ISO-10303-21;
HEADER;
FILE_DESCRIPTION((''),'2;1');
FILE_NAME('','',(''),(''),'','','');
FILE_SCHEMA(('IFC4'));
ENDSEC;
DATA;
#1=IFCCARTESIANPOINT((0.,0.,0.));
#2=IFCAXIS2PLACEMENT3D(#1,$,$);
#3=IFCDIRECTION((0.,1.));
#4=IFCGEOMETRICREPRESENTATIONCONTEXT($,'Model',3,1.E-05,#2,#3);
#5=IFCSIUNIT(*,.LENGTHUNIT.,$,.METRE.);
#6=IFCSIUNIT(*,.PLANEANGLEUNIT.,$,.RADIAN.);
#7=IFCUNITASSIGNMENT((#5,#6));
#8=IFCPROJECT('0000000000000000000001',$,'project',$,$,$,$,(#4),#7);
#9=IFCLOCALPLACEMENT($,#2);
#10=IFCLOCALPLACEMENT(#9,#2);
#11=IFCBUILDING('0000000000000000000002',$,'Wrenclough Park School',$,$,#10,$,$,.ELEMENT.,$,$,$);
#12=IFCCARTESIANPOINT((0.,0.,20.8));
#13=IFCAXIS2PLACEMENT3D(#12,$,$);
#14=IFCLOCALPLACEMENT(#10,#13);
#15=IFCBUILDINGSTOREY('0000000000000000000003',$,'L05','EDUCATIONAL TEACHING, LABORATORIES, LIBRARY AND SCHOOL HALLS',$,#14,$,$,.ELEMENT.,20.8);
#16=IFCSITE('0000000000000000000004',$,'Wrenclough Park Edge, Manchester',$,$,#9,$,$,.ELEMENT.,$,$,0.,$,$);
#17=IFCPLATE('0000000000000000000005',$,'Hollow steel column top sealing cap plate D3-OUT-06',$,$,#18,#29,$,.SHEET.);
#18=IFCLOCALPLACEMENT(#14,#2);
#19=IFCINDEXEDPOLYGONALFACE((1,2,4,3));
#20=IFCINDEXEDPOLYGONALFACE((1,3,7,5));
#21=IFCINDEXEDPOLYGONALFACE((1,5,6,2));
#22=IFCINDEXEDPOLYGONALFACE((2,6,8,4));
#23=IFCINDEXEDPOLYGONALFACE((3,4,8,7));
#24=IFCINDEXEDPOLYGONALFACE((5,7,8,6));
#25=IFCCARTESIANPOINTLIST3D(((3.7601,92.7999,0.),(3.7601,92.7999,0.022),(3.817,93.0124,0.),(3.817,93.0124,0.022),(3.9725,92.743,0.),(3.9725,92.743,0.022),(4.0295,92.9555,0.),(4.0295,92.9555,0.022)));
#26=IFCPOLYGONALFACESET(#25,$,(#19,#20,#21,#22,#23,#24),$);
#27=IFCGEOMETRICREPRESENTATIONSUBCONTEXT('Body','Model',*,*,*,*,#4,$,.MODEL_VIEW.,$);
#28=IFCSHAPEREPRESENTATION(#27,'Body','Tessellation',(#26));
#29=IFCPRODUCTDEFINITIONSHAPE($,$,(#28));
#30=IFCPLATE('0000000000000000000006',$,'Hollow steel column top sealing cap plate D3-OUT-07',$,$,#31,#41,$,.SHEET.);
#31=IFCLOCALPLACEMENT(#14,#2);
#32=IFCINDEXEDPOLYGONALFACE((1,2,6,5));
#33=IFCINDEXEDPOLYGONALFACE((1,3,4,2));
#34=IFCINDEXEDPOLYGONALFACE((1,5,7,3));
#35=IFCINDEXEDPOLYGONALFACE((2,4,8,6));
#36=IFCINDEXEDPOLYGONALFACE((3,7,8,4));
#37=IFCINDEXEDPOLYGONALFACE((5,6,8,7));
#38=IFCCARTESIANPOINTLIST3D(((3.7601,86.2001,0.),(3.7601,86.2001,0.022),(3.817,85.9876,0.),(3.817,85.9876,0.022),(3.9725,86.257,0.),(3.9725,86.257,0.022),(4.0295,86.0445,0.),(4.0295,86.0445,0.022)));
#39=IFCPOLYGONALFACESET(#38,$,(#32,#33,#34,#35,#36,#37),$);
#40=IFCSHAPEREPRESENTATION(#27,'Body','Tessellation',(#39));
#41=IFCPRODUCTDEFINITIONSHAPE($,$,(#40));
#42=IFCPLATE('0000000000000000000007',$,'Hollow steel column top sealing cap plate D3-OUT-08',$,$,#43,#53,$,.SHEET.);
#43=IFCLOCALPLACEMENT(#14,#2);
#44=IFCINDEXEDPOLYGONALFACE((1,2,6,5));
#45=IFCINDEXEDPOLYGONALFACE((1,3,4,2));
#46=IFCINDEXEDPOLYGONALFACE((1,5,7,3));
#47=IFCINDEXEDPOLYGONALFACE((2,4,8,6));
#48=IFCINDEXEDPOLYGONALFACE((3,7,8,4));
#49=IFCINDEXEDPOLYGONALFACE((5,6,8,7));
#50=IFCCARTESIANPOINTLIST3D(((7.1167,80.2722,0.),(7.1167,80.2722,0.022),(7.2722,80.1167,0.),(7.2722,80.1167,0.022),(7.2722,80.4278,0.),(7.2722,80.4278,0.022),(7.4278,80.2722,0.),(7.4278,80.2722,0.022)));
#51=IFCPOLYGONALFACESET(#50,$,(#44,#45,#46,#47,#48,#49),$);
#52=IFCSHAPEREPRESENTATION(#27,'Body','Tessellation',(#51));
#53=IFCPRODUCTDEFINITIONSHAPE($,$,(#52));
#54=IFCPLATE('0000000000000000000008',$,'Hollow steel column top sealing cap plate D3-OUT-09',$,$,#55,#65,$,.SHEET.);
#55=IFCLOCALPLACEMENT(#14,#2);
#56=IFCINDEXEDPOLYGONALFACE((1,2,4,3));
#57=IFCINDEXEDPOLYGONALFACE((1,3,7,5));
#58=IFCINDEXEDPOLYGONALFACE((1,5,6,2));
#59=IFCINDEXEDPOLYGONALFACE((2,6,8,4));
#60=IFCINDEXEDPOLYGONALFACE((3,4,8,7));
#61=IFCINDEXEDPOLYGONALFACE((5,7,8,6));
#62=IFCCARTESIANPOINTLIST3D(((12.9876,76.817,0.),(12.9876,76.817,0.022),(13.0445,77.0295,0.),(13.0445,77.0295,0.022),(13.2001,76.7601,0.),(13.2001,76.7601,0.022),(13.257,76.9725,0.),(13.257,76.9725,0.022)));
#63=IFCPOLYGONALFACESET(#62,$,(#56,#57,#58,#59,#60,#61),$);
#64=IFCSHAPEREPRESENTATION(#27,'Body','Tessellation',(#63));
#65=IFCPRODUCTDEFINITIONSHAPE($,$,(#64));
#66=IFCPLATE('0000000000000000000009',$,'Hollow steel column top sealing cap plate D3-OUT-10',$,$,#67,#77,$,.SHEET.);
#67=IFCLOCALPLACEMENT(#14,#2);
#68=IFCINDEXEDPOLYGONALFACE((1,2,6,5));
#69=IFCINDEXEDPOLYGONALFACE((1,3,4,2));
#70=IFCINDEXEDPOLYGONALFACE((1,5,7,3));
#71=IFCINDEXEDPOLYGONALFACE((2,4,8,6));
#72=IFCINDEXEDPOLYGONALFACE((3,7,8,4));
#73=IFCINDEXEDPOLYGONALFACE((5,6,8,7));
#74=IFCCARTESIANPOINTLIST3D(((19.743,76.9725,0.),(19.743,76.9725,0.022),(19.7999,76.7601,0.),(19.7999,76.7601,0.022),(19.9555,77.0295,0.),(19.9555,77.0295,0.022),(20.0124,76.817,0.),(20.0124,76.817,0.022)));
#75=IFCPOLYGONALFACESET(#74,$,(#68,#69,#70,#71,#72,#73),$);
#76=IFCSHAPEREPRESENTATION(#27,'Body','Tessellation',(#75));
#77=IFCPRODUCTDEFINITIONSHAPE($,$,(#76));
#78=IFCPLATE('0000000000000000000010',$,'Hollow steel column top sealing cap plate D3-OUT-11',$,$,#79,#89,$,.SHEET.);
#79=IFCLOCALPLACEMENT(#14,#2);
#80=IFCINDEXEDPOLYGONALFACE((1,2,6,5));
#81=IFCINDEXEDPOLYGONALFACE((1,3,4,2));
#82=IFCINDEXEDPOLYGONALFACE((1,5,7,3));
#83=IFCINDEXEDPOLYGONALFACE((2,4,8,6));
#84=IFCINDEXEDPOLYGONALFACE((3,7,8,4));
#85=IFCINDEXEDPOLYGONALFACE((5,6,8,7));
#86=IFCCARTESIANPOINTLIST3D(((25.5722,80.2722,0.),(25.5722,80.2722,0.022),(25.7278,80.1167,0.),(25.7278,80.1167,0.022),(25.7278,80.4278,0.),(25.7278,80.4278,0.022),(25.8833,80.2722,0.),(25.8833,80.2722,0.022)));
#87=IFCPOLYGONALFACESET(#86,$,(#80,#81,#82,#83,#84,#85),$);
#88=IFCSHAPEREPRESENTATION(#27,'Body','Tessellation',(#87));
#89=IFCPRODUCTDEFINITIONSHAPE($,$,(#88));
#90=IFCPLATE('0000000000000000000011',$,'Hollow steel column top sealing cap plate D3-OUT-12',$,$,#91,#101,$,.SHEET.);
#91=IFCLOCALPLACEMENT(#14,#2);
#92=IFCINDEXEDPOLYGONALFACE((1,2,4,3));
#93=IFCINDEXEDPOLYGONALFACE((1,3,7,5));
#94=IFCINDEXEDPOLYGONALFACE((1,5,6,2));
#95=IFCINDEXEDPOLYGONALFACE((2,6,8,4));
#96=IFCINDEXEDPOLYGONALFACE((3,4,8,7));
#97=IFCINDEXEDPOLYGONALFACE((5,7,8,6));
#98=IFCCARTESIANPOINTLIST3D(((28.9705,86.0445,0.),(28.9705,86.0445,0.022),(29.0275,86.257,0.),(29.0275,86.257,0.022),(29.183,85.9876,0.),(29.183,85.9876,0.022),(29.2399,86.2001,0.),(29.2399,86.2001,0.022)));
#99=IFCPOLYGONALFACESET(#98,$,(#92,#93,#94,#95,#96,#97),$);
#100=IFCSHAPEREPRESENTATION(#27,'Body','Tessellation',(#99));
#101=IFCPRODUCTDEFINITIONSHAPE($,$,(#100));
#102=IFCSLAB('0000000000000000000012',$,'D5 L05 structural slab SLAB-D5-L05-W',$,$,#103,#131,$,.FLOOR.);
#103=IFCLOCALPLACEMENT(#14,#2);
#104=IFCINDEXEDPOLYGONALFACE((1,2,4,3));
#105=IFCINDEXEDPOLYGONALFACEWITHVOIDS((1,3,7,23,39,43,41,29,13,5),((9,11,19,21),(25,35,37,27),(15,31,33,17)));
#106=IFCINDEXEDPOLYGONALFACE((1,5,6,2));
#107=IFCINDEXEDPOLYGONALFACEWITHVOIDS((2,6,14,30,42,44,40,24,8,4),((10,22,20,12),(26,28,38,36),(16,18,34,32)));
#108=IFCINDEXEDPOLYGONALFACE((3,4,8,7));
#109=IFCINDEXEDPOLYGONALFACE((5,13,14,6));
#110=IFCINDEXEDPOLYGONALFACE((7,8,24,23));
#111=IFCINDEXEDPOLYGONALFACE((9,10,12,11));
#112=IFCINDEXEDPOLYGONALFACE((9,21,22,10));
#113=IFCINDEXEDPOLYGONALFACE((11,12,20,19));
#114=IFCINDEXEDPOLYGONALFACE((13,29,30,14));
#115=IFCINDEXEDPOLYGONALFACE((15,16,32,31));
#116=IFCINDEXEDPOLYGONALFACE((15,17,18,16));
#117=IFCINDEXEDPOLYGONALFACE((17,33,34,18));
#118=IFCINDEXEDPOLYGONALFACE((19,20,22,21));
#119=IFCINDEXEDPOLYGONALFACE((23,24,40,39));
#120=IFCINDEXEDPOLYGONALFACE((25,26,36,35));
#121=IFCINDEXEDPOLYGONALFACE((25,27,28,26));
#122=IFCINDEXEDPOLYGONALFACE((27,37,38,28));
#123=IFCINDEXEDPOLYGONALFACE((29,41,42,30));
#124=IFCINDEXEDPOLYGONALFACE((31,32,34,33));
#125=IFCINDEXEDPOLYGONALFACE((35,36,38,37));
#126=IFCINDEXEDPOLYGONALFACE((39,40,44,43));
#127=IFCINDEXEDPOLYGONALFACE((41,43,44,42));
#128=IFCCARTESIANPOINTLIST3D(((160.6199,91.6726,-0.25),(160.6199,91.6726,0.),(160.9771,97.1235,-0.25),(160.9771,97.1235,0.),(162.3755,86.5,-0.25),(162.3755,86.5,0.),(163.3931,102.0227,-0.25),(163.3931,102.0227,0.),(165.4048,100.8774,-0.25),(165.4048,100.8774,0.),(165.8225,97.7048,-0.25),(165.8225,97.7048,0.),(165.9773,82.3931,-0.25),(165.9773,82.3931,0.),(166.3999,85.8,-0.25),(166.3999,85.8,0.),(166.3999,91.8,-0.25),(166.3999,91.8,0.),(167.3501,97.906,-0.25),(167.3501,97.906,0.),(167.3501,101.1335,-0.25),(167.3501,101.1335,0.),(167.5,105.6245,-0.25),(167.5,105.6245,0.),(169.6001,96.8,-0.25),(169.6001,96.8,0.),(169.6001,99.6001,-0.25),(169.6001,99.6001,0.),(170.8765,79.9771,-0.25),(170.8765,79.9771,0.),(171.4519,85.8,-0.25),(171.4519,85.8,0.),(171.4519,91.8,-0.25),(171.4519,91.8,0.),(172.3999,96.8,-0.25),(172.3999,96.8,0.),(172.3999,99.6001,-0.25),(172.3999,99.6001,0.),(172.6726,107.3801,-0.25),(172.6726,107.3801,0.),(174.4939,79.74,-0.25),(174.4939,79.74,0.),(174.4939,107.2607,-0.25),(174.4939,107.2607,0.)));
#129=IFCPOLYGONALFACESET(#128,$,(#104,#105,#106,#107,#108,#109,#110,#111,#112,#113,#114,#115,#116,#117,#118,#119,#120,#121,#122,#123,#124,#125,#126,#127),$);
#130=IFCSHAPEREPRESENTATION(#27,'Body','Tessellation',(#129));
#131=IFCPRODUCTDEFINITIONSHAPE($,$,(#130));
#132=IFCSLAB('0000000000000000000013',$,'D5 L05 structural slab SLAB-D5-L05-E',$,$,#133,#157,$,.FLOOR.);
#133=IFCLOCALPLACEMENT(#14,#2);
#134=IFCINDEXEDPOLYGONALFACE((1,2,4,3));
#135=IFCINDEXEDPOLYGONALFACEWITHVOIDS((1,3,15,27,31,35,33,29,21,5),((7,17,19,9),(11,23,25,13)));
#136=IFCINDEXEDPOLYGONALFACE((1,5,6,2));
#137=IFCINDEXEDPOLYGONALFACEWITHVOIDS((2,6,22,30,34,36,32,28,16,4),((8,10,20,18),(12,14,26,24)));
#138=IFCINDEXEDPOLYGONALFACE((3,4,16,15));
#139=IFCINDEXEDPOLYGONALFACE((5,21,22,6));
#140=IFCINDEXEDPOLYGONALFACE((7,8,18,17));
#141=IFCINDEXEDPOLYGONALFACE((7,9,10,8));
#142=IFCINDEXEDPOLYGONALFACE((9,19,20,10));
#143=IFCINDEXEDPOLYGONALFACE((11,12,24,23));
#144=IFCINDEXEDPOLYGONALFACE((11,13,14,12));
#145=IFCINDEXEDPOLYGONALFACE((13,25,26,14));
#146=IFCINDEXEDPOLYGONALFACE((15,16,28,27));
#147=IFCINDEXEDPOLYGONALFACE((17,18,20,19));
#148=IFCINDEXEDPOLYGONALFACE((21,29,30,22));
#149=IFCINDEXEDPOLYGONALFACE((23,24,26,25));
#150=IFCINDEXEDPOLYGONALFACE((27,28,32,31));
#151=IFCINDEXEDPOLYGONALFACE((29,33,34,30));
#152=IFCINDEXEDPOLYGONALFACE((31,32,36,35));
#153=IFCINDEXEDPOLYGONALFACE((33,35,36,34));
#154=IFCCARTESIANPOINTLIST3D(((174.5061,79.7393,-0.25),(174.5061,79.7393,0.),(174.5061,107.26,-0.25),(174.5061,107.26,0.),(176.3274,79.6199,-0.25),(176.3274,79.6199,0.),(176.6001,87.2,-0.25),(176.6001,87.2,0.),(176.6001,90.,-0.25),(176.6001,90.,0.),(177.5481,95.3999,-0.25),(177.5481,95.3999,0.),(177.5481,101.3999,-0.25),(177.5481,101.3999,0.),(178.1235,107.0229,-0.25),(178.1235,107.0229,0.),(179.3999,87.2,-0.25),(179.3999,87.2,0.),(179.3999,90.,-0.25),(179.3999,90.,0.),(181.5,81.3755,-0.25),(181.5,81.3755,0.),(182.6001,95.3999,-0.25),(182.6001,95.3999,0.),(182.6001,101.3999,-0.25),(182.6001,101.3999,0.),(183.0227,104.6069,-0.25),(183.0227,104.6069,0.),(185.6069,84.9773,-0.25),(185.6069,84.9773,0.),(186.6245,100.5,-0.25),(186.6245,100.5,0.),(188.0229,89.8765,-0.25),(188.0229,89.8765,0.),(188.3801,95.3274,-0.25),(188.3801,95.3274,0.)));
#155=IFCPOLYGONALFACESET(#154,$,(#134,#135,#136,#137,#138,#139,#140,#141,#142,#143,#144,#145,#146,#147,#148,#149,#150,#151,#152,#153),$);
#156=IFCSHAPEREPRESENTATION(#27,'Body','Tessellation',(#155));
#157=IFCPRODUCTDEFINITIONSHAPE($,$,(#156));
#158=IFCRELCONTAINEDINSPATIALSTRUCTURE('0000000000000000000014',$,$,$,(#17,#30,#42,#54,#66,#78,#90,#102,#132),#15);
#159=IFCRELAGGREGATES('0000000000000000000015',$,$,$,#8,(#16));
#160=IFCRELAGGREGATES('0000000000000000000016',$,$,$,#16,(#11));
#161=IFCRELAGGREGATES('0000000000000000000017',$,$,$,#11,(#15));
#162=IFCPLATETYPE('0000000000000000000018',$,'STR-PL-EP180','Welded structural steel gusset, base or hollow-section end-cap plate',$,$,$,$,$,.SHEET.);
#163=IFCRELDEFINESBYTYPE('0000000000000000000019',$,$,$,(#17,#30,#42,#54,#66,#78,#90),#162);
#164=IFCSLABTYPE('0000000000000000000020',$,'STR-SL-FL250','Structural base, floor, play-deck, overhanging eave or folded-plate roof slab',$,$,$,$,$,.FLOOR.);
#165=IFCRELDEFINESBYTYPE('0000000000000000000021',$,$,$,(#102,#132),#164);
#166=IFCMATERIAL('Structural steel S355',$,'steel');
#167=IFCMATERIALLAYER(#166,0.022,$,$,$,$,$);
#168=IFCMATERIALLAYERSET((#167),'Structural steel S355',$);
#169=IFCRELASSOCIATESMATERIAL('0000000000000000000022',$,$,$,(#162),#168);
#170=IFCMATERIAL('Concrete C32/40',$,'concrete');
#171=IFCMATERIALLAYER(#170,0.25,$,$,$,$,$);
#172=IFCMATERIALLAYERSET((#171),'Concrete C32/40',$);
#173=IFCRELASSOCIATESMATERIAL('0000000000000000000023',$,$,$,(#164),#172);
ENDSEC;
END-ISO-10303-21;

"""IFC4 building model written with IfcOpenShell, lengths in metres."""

from ifc_helpers import new_model, si_unit, direction, frame, origin, origin_2d, place, context, subcontext, project, spatial, polyline, rectangle, outline, extrude, material, layer, layer_set, type_object, element, save


model = new_model("IFC4")

# Units and contexts
model_context = context("Model", 3, precision=1e-05, world=origin(), true_north=direction((0.0, 1.0)))
body_context = subcontext(model_context, "Body", "Model", "MODEL_VIEW")
ifc_project = project(units=[si_unit("LENGTHUNIT", "METRE"), si_unit("PLANEANGLEUNIT", "RADIAN")], contexts=[model_context])

# Site, building, storey
site_placement = place(None, origin())
site = spatial("IfcSite", under=ifc_project, at=site_placement, Name="Wrenclough Park Edge, Manchester", CompositionType="ELEMENT", RefElevation=0.0)
building_placement = place(site_placement, origin())
building = spatial("IfcBuilding", under=site, at=building_placement, Name="Wrenclough Park School", CompositionType="ELEMENT")
storey_placement = place(building_placement, frame((0.0, 0.0, 20.8)))
storey = spatial("IfcBuildingStorey", under=building, at=storey_placement, Name="L05", Description="EDUCATIONAL TEACHING, LABORATORIES, LIBRARY AND SCHOOL HALLS", CompositionType="ELEMENT", Elevation=20.8)

# Plates
ifc_material_1 = material(Name="Structural steel S355", Category="steel")
ifc_layer_1 = layer(ifc_material_1, 0.022)
ifc_layer_set_1 = layer_set([ifc_layer_1], Name="Structural steel S355")
plate_type = type_object("IfcPlateType", Name="STR-PL-EP180", Description="Welded structural steel gusset, base or hollow-section end-cap plate", PredefinedType="SHEET", material=ifc_layer_set_1)
for number, where, z_axis, x_axis, name in (
    (1, (3.8948, 92.8777, 0.0), (0.0, 0.0, 1.0), (-0.258819, -0.965926, 0.0), "Hollow steel column top sealing cap plate D3-OUT-06"),
    (2, (3.8948, 86.1223, 0.0), (0.0, 0.0, 1.0), (0.258819, -0.965926, 0.0), "Hollow steel column top sealing cap plate D3-OUT-07"),
    (3, (7.2722, 80.2722, 0.0), (0.0, 0.0, 1.0), (0.707107, -0.707107, 0.0), "Hollow steel column top sealing cap plate D3-OUT-08"),
    (4, (13.1223, 76.8948, 0.0), (0.0, 0.0, 1.0), (0.965926, -0.258819, 0.0), "Hollow steel column top sealing cap plate D3-OUT-09"),
    (5, (19.8777, 76.8948, 0.0), (0.0, 0.0, 1.0), (0.965926, 0.258819, 0.0), "Hollow steel column top sealing cap plate D3-OUT-10"),
    (6, (25.7278, 80.2722, 0.0), (0.0, 0.0, 1.0), (0.707107, 0.707107, 0.0), "Hollow steel column top sealing cap plate D3-OUT-11"),
    (7, (29.1052, 86.1223, 0.0), (0.0, 0.0, 1.0), (0.258819, 0.965926, 0.0), "Hollow steel column top sealing cap plate D3-OUT-12"),
):
    element("IfcPlate", number, at=place(storey_placement, frame(where, z_axis=z_axis, x_axis=x_axis)), inside=storey, type_object=plate_type, Name=name, PredefinedType="SHEET", context=body_context, shape_type="SweptSolid", body=[
        extrude(rectangle(XDim=0.22, YDim=0.22, at=origin_2d()), origin(), (0.0, 0.0, 1.0), 0.022),
    ])

# Slabs
ifc_material_2 = material(Name="Concrete C32/40", Category="concrete")
ifc_layer_2 = layer(ifc_material_2, 0.25)
ifc_layer_set_2 = layer_set([ifc_layer_2], Name="Concrete C32/40")
slab_type_1 = type_object("IfcSlabType", Name="STR-SL-FL250", Description="Structural base, floor, play-deck, overhanging eave or folded-plate roof slab", PredefinedType="FLOOR", material=ifc_layer_set_2)
slab_1_placement = place(storey_placement, frame((0.0, 0.0, -0.25)))
element("IfcSlab", 8, at=slab_1_placement, inside=storey, type_object=slab_type_1, Name="D5 L05 structural slab SLAB-D5-L05-W", PredefinedType="FLOOR", context=body_context, shape_type="SweptSolid", body=[
    extrude(outline(polyline([(170.8765, 79.9771), (174.4939, 79.74), (174.4939, 107.2607), (172.6726, 107.3801), (167.5, 105.6245), (163.3931, 102.0227), (160.9771, 97.1235), (160.6199, 91.6726), (162.3755, 86.5), (165.9773, 82.3931), (170.8765, 79.9771)]), holes=[polyline([(165.8225, 97.7048), (167.3501, 97.906), (167.3501, 101.1335), (165.4048, 100.8774), (165.8225, 97.7048)]), polyline([(166.3999, 85.8), (171.4519, 85.8), (171.4519, 91.8), (166.3999, 91.8), (166.3999, 85.8)]), polyline([(169.6001, 96.8), (172.3999, 96.8), (172.3999, 99.6001), (169.6001, 99.6001), (169.6001, 96.8)])]), origin(), (0.0, 0.0, 1.0), 0.25),
])
slab_2_placement = place(storey_placement, frame((0.0, 0.0, -0.25)))
element("IfcSlab", 9, at=slab_2_placement, inside=storey, type_object=slab_type_1, Name="D5 L05 structural slab SLAB-D5-L05-E", PredefinedType="FLOOR", context=body_context, shape_type="SweptSolid", body=[
    extrude(outline(polyline([(178.1235, 107.0229), (174.5061, 107.26), (174.5061, 79.7393), (176.3274, 79.6199), (181.5, 81.3755), (185.6069, 84.9773), (188.0229, 89.8765), (188.3801, 95.3274), (186.6245, 100.5), (183.0227, 104.6069), (178.1235, 107.0229)]), holes=[polyline([(176.6001, 87.2), (179.3999, 87.2), (179.3999, 90.0), (176.6001, 90.0), (176.6001, 87.2)]), polyline([(177.5481, 95.3999), (182.6001, 95.3999), (182.6001, 101.3999), (177.5481, 101.3999), (177.5481, 95.3999)])]), origin(), (0.0, 0.0, 1.0), 0.25),
])

save(model, "model.ifc")
